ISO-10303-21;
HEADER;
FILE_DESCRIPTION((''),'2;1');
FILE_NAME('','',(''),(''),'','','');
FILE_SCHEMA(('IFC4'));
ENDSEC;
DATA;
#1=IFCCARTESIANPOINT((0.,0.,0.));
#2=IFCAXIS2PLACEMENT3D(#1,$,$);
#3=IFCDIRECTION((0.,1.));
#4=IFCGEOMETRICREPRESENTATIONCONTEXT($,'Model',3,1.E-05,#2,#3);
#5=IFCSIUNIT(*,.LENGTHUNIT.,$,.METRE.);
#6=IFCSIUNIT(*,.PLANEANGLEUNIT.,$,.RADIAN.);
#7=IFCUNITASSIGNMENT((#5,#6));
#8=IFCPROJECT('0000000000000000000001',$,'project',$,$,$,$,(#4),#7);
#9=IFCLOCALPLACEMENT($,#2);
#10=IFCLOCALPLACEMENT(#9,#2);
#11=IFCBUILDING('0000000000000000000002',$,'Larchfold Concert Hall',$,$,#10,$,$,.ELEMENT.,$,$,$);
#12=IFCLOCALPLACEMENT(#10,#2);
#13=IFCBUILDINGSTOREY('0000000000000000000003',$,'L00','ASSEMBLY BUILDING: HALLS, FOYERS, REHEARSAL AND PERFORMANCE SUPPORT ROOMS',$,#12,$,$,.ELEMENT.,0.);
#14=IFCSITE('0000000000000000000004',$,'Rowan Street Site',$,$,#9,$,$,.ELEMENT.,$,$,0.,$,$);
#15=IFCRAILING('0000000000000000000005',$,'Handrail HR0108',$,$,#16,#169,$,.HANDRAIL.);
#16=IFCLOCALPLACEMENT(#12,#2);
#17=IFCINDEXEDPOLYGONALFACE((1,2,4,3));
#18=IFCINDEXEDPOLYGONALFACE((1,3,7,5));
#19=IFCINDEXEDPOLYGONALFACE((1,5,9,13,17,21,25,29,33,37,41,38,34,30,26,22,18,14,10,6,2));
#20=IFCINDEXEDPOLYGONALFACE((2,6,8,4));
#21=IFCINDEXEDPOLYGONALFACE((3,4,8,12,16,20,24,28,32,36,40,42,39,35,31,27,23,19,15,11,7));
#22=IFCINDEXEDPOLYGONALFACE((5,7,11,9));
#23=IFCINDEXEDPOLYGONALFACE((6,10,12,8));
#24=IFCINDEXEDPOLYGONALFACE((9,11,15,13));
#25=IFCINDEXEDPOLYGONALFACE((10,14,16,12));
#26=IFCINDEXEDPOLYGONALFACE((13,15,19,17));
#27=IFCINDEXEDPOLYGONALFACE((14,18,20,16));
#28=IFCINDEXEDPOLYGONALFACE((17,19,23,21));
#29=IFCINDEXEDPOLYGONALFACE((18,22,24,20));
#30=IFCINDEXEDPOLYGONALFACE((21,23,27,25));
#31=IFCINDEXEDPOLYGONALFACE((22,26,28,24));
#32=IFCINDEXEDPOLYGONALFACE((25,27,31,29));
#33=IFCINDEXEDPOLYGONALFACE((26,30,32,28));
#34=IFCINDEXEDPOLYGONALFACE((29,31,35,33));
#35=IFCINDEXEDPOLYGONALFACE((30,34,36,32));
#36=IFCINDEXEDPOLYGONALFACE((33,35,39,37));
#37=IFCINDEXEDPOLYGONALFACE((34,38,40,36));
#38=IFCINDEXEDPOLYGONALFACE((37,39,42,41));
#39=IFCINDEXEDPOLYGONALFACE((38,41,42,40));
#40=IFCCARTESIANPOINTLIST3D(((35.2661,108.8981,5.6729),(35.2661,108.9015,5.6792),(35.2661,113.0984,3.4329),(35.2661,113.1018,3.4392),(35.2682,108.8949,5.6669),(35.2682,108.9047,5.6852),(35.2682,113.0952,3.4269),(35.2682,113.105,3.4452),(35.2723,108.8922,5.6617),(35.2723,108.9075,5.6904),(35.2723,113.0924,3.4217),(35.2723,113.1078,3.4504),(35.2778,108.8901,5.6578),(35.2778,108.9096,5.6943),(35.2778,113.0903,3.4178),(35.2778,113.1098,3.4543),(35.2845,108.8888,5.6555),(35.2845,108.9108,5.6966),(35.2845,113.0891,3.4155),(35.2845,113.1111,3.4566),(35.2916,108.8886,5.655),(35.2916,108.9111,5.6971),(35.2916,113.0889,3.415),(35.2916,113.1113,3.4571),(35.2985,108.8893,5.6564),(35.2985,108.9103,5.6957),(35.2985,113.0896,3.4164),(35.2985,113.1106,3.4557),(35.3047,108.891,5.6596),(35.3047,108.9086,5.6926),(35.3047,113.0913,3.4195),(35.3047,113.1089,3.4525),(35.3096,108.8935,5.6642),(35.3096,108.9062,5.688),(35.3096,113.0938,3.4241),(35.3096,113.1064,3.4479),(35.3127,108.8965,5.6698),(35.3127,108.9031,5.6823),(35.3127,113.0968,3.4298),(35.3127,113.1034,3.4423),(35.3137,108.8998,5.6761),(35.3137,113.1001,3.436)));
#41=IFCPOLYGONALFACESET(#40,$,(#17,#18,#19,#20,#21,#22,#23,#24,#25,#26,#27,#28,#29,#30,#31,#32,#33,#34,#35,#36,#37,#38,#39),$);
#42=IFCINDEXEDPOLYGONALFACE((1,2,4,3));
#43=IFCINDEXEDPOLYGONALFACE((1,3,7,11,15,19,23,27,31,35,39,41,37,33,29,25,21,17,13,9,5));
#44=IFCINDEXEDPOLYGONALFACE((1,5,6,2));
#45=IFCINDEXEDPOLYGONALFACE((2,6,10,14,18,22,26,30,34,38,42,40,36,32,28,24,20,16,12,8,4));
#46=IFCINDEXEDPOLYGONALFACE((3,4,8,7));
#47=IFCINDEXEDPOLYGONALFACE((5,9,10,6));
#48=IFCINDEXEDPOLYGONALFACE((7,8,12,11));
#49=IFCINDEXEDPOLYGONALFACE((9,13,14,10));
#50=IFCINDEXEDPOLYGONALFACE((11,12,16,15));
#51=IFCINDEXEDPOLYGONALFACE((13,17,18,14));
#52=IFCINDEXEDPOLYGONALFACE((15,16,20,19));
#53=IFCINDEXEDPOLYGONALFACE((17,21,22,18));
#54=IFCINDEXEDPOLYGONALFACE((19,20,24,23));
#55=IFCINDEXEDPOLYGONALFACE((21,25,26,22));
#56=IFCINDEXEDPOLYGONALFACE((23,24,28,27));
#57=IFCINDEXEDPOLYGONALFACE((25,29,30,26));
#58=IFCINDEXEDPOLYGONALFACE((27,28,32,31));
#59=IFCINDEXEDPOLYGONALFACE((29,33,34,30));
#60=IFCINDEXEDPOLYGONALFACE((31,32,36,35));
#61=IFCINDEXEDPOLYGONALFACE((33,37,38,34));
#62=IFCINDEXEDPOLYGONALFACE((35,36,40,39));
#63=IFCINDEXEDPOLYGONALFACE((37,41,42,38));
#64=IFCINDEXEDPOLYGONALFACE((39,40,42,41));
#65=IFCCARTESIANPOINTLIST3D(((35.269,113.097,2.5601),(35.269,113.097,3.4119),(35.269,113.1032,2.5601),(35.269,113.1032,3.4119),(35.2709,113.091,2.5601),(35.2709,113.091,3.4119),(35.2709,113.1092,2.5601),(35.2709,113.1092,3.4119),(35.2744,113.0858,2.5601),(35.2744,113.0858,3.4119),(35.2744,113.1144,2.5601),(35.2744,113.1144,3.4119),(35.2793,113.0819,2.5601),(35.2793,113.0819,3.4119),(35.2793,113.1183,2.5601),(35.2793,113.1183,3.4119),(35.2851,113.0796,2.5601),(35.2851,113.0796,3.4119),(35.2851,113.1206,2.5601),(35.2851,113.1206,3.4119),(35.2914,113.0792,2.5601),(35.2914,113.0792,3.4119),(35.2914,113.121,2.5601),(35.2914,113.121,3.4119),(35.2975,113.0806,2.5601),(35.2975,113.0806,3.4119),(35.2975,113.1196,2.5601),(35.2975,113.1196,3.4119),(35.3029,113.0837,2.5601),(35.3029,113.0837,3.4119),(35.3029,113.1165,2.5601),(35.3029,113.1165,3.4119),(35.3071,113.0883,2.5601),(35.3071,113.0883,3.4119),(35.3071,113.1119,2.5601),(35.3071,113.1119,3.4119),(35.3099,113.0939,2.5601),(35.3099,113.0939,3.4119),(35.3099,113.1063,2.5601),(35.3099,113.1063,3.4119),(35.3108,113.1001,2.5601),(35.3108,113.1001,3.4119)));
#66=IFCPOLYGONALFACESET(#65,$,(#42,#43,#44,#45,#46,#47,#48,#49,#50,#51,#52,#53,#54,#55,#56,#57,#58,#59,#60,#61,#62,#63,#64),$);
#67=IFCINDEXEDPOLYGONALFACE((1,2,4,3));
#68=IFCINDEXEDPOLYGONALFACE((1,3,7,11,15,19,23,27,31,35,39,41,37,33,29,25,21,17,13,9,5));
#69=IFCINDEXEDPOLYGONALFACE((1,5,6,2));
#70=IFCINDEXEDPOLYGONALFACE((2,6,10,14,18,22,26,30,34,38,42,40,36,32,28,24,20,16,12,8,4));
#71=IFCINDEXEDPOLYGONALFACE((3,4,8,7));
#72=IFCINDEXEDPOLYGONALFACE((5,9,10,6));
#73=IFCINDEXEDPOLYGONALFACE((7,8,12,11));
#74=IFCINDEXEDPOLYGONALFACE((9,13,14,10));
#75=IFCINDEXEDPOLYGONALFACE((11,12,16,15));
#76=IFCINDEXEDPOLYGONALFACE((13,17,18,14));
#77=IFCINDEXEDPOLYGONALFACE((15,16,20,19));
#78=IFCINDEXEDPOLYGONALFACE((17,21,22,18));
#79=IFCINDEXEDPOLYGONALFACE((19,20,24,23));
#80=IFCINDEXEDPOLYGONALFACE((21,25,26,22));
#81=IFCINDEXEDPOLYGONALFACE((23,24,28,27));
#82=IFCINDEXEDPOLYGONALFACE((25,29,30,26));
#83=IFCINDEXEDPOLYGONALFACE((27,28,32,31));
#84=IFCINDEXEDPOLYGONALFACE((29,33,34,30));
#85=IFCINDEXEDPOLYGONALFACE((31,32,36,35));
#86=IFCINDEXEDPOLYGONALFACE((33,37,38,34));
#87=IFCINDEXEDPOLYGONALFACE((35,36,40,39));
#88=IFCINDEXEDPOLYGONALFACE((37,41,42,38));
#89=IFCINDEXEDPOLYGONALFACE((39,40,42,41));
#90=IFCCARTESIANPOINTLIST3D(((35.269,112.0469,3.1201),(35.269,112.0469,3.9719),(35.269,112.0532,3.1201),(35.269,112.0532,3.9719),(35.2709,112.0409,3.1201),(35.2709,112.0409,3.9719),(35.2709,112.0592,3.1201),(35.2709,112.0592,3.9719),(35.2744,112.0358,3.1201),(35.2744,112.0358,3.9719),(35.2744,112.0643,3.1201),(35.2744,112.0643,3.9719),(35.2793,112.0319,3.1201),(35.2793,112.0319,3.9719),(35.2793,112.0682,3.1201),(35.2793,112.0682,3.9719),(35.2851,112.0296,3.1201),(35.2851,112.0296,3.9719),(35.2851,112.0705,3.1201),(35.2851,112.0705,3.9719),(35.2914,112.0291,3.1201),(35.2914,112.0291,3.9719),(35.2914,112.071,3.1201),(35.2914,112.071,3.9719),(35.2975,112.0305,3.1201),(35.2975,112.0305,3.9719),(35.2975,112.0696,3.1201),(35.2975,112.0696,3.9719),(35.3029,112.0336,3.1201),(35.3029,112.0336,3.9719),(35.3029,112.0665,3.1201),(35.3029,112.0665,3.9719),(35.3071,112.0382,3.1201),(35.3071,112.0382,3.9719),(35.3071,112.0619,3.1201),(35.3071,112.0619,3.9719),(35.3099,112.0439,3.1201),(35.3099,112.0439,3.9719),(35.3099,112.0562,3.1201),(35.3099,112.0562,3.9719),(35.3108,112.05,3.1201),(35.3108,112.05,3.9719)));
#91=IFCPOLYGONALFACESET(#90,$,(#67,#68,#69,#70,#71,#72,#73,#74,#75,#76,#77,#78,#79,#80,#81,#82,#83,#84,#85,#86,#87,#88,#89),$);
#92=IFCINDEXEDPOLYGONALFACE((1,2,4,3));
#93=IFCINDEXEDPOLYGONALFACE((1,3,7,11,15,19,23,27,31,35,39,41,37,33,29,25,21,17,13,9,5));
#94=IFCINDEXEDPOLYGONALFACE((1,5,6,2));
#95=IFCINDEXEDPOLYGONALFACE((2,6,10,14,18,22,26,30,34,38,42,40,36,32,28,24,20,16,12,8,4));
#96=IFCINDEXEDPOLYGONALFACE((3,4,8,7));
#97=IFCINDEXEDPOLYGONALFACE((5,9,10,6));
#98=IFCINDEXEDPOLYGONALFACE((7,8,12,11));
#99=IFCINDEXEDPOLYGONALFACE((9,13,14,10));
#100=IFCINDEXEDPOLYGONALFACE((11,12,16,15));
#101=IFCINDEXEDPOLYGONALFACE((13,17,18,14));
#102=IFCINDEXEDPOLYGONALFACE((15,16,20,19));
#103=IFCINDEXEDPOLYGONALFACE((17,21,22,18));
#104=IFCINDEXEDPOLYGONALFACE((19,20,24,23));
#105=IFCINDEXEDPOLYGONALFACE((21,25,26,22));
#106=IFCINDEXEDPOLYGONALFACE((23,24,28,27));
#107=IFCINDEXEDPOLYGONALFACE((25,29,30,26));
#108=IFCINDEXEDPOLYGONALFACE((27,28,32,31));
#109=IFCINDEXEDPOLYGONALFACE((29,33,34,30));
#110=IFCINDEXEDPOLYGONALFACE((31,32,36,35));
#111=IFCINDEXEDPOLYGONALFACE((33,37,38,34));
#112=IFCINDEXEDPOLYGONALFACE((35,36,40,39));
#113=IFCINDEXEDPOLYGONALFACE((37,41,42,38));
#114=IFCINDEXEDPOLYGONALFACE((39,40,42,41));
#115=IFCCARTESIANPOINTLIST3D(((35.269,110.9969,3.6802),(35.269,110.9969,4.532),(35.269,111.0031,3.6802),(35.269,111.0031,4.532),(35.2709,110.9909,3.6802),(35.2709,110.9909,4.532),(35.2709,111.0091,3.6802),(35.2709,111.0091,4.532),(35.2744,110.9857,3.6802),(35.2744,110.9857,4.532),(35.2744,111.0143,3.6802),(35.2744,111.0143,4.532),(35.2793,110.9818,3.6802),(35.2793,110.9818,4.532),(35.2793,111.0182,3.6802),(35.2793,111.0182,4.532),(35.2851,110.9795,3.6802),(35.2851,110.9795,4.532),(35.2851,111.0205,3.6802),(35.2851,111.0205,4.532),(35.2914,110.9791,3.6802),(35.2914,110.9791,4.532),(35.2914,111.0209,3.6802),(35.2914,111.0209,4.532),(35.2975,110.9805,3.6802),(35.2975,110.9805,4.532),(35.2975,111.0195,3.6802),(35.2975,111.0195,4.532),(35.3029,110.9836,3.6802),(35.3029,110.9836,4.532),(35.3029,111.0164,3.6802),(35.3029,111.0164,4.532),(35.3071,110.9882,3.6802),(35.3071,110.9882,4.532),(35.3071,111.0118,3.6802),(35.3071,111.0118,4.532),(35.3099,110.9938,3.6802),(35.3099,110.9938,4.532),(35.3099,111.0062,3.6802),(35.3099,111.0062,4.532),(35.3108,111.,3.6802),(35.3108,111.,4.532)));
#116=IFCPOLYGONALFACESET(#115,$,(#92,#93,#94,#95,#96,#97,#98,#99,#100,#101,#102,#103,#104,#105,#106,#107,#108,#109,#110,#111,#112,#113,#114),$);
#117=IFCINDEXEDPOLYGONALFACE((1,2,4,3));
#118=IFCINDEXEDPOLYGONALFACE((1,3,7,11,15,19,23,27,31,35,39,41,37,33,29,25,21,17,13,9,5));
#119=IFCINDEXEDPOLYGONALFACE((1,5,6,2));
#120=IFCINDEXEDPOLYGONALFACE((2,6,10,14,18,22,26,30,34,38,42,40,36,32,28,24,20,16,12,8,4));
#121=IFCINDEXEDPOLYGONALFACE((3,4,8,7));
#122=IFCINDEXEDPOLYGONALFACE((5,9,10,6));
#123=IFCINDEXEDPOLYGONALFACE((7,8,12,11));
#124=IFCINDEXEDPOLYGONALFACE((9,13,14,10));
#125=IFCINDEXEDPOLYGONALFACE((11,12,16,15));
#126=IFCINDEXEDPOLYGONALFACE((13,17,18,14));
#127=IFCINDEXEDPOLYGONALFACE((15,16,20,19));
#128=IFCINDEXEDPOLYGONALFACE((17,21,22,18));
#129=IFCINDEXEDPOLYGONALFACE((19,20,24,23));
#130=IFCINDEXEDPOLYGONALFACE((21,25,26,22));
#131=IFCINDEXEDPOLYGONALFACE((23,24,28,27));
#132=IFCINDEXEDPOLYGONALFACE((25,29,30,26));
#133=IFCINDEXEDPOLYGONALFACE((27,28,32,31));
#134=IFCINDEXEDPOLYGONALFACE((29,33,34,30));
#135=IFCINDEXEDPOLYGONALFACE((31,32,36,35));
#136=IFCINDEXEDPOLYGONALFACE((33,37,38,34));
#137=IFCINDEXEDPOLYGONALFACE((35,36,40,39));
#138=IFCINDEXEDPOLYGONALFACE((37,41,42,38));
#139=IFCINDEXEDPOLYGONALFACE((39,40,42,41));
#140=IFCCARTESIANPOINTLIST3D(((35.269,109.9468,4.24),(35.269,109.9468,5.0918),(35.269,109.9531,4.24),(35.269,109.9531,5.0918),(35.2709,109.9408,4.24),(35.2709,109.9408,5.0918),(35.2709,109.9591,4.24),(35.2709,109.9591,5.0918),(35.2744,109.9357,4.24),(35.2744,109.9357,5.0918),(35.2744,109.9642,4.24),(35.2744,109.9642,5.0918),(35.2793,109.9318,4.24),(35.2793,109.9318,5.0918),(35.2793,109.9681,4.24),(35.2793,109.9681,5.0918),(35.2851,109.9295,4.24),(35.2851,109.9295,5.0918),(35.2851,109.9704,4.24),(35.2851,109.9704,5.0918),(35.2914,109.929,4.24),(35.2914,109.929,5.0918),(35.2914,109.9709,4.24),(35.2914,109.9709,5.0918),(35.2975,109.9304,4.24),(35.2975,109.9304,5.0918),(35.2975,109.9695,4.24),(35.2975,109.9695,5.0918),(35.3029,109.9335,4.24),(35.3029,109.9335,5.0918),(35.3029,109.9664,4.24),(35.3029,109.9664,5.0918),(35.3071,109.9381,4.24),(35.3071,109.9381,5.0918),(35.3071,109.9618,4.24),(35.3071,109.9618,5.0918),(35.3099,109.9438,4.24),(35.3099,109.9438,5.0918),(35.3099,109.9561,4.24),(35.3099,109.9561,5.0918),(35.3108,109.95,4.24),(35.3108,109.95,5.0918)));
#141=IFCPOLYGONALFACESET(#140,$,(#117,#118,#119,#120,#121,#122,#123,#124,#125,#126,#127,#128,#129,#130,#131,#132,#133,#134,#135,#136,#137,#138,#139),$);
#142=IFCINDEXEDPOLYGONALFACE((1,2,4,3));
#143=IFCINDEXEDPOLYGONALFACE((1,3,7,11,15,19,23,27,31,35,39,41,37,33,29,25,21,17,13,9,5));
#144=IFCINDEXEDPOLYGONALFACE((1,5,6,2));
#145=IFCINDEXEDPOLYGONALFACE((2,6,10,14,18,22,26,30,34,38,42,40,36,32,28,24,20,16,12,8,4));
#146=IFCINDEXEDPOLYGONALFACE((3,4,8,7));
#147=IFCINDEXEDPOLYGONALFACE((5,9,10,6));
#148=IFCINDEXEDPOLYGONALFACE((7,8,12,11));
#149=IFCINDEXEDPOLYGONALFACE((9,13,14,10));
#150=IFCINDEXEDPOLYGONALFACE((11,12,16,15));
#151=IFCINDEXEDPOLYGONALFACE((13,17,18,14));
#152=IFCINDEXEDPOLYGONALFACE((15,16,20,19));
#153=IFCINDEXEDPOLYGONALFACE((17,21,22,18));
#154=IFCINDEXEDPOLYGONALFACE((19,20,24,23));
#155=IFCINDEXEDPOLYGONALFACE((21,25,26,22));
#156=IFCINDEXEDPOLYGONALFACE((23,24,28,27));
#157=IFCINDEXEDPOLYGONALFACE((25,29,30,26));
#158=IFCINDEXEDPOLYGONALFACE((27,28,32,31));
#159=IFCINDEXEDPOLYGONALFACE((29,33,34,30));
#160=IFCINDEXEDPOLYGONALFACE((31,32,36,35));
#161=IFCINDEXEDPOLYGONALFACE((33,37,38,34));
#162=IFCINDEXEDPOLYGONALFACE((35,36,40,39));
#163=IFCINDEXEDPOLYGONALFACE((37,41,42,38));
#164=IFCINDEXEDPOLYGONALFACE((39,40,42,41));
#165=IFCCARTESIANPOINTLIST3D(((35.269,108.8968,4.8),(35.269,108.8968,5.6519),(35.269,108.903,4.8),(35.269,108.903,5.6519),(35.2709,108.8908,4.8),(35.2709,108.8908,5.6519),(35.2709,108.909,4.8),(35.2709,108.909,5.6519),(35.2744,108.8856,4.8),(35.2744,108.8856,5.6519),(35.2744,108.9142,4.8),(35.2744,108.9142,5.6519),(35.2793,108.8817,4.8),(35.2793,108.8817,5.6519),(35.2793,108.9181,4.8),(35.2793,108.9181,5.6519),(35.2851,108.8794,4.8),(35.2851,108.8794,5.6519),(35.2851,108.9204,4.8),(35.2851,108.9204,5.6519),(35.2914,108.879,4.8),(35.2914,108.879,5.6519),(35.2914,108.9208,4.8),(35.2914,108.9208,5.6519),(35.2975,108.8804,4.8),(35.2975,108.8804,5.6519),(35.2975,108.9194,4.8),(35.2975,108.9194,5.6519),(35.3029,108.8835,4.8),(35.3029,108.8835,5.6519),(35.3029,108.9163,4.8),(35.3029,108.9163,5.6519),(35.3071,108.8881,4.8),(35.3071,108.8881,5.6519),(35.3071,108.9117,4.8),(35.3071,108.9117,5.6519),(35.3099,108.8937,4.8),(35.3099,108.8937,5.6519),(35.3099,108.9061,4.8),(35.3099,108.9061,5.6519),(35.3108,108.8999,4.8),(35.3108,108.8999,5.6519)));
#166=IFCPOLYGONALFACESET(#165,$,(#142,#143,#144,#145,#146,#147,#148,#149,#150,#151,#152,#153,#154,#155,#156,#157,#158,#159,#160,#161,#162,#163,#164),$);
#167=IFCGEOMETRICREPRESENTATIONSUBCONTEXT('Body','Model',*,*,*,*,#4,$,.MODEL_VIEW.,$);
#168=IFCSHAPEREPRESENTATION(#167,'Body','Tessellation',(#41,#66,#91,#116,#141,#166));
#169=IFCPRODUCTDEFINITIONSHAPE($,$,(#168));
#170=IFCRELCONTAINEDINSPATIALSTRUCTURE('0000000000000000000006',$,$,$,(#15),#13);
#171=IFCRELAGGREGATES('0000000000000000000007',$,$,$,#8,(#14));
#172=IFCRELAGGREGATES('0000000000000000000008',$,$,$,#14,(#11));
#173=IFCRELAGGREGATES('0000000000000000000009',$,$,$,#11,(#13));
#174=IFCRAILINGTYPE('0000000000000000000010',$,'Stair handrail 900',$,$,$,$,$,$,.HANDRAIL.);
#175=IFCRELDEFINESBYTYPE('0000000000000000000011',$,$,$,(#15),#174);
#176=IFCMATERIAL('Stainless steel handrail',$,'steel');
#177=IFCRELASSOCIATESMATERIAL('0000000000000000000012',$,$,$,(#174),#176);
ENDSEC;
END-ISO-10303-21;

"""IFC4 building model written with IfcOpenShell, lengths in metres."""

from ifc_helpers import new_model, si_unit, direction, frame, origin, origin_2d, place, context, subcontext, project, spatial, circle, extrude, material, type_object, element, save


model = new_model("IFC4")

# Units and contexts
model_context = context("Model", 3, precision=1e-05, world=origin(), true_north=direction((0.0, 1.0)))
body_context = subcontext(model_context, "Body", "Model", "MODEL_VIEW")
ifc_project = project(units=[si_unit("LENGTHUNIT", "METRE"), si_unit("PLANEANGLEUNIT", "RADIAN")], contexts=[model_context])

# Site, building, storey
site_placement = place(None, origin())
site = spatial("IfcSite", under=ifc_project, at=site_placement, Name="Rowan Street Site", CompositionType="ELEMENT", RefElevation=0.0)
building_placement = place(site_placement, origin())
building = spatial("IfcBuilding", under=site, at=building_placement, Name="Larchfold Concert Hall", CompositionType="ELEMENT")
storey_placement = place(building_placement, origin())
storey = spatial("IfcBuildingStorey", under=building, at=storey_placement, Name="L00", Description="ASSEMBLY BUILDING: HALLS, FOYERS, REHEARSAL AND PERFORMANCE SUPPORT ROOMS", CompositionType="ELEMENT", Elevation=0.0)

# Railing
ifc_material_1 = material(Name="Stainless steel handrail", Category="steel")
railing_type_1 = type_object("IfcRailingType", Name="Stair handrail 900", PredefinedType="HANDRAIL", material=ifc_material_1)
for number, where, name in (
    (1, (35.2898, 113.1001, 2.5601), "Handrail HR0108"),
):
    element("IfcRailing", number, at=place(storey_placement, frame(where)), inside=storey, type_object=railing_type_1, Name=name, PredefinedType="HANDRAIL", context=body_context, shape_type="SweptSolid", body=[
        extrude(circle(Radius=0.0239, at=origin_2d()), frame((0.0, 0.0, 0.876), z_axis=(0.0, -0.882363, 0.47057), x_axis=(1.0, 0.0, 0.0)), (0.0, 0.0, 1.0), 4.7603),
        extrude(circle(Radius=0.021, at=origin_2d()), origin(), (0.0, 0.0, 1.0), 0.8518),
        extrude(circle(Radius=0.021, at=origin_2d()), frame((0.0, -1.05, 0.5601)), (0.0, 0.0, 1.0), 0.8518),
        extrude(circle(Radius=0.021, at=origin_2d()), frame((0.0, -2.1001, 1.1201)), (0.0, 0.0, 1.0), 0.8518),
        extrude(circle(Radius=0.021, at=origin_2d()), frame((0.0, -3.1501, 1.6799)), (0.0, 0.0, 1.0), 0.8518),
        extrude(circle(Radius=0.021, at=origin_2d()), frame((0.0, -4.2002, 2.24)), (0.0, 0.0, 1.0), 0.8518),
    ])

save(model, "model.ifc")
